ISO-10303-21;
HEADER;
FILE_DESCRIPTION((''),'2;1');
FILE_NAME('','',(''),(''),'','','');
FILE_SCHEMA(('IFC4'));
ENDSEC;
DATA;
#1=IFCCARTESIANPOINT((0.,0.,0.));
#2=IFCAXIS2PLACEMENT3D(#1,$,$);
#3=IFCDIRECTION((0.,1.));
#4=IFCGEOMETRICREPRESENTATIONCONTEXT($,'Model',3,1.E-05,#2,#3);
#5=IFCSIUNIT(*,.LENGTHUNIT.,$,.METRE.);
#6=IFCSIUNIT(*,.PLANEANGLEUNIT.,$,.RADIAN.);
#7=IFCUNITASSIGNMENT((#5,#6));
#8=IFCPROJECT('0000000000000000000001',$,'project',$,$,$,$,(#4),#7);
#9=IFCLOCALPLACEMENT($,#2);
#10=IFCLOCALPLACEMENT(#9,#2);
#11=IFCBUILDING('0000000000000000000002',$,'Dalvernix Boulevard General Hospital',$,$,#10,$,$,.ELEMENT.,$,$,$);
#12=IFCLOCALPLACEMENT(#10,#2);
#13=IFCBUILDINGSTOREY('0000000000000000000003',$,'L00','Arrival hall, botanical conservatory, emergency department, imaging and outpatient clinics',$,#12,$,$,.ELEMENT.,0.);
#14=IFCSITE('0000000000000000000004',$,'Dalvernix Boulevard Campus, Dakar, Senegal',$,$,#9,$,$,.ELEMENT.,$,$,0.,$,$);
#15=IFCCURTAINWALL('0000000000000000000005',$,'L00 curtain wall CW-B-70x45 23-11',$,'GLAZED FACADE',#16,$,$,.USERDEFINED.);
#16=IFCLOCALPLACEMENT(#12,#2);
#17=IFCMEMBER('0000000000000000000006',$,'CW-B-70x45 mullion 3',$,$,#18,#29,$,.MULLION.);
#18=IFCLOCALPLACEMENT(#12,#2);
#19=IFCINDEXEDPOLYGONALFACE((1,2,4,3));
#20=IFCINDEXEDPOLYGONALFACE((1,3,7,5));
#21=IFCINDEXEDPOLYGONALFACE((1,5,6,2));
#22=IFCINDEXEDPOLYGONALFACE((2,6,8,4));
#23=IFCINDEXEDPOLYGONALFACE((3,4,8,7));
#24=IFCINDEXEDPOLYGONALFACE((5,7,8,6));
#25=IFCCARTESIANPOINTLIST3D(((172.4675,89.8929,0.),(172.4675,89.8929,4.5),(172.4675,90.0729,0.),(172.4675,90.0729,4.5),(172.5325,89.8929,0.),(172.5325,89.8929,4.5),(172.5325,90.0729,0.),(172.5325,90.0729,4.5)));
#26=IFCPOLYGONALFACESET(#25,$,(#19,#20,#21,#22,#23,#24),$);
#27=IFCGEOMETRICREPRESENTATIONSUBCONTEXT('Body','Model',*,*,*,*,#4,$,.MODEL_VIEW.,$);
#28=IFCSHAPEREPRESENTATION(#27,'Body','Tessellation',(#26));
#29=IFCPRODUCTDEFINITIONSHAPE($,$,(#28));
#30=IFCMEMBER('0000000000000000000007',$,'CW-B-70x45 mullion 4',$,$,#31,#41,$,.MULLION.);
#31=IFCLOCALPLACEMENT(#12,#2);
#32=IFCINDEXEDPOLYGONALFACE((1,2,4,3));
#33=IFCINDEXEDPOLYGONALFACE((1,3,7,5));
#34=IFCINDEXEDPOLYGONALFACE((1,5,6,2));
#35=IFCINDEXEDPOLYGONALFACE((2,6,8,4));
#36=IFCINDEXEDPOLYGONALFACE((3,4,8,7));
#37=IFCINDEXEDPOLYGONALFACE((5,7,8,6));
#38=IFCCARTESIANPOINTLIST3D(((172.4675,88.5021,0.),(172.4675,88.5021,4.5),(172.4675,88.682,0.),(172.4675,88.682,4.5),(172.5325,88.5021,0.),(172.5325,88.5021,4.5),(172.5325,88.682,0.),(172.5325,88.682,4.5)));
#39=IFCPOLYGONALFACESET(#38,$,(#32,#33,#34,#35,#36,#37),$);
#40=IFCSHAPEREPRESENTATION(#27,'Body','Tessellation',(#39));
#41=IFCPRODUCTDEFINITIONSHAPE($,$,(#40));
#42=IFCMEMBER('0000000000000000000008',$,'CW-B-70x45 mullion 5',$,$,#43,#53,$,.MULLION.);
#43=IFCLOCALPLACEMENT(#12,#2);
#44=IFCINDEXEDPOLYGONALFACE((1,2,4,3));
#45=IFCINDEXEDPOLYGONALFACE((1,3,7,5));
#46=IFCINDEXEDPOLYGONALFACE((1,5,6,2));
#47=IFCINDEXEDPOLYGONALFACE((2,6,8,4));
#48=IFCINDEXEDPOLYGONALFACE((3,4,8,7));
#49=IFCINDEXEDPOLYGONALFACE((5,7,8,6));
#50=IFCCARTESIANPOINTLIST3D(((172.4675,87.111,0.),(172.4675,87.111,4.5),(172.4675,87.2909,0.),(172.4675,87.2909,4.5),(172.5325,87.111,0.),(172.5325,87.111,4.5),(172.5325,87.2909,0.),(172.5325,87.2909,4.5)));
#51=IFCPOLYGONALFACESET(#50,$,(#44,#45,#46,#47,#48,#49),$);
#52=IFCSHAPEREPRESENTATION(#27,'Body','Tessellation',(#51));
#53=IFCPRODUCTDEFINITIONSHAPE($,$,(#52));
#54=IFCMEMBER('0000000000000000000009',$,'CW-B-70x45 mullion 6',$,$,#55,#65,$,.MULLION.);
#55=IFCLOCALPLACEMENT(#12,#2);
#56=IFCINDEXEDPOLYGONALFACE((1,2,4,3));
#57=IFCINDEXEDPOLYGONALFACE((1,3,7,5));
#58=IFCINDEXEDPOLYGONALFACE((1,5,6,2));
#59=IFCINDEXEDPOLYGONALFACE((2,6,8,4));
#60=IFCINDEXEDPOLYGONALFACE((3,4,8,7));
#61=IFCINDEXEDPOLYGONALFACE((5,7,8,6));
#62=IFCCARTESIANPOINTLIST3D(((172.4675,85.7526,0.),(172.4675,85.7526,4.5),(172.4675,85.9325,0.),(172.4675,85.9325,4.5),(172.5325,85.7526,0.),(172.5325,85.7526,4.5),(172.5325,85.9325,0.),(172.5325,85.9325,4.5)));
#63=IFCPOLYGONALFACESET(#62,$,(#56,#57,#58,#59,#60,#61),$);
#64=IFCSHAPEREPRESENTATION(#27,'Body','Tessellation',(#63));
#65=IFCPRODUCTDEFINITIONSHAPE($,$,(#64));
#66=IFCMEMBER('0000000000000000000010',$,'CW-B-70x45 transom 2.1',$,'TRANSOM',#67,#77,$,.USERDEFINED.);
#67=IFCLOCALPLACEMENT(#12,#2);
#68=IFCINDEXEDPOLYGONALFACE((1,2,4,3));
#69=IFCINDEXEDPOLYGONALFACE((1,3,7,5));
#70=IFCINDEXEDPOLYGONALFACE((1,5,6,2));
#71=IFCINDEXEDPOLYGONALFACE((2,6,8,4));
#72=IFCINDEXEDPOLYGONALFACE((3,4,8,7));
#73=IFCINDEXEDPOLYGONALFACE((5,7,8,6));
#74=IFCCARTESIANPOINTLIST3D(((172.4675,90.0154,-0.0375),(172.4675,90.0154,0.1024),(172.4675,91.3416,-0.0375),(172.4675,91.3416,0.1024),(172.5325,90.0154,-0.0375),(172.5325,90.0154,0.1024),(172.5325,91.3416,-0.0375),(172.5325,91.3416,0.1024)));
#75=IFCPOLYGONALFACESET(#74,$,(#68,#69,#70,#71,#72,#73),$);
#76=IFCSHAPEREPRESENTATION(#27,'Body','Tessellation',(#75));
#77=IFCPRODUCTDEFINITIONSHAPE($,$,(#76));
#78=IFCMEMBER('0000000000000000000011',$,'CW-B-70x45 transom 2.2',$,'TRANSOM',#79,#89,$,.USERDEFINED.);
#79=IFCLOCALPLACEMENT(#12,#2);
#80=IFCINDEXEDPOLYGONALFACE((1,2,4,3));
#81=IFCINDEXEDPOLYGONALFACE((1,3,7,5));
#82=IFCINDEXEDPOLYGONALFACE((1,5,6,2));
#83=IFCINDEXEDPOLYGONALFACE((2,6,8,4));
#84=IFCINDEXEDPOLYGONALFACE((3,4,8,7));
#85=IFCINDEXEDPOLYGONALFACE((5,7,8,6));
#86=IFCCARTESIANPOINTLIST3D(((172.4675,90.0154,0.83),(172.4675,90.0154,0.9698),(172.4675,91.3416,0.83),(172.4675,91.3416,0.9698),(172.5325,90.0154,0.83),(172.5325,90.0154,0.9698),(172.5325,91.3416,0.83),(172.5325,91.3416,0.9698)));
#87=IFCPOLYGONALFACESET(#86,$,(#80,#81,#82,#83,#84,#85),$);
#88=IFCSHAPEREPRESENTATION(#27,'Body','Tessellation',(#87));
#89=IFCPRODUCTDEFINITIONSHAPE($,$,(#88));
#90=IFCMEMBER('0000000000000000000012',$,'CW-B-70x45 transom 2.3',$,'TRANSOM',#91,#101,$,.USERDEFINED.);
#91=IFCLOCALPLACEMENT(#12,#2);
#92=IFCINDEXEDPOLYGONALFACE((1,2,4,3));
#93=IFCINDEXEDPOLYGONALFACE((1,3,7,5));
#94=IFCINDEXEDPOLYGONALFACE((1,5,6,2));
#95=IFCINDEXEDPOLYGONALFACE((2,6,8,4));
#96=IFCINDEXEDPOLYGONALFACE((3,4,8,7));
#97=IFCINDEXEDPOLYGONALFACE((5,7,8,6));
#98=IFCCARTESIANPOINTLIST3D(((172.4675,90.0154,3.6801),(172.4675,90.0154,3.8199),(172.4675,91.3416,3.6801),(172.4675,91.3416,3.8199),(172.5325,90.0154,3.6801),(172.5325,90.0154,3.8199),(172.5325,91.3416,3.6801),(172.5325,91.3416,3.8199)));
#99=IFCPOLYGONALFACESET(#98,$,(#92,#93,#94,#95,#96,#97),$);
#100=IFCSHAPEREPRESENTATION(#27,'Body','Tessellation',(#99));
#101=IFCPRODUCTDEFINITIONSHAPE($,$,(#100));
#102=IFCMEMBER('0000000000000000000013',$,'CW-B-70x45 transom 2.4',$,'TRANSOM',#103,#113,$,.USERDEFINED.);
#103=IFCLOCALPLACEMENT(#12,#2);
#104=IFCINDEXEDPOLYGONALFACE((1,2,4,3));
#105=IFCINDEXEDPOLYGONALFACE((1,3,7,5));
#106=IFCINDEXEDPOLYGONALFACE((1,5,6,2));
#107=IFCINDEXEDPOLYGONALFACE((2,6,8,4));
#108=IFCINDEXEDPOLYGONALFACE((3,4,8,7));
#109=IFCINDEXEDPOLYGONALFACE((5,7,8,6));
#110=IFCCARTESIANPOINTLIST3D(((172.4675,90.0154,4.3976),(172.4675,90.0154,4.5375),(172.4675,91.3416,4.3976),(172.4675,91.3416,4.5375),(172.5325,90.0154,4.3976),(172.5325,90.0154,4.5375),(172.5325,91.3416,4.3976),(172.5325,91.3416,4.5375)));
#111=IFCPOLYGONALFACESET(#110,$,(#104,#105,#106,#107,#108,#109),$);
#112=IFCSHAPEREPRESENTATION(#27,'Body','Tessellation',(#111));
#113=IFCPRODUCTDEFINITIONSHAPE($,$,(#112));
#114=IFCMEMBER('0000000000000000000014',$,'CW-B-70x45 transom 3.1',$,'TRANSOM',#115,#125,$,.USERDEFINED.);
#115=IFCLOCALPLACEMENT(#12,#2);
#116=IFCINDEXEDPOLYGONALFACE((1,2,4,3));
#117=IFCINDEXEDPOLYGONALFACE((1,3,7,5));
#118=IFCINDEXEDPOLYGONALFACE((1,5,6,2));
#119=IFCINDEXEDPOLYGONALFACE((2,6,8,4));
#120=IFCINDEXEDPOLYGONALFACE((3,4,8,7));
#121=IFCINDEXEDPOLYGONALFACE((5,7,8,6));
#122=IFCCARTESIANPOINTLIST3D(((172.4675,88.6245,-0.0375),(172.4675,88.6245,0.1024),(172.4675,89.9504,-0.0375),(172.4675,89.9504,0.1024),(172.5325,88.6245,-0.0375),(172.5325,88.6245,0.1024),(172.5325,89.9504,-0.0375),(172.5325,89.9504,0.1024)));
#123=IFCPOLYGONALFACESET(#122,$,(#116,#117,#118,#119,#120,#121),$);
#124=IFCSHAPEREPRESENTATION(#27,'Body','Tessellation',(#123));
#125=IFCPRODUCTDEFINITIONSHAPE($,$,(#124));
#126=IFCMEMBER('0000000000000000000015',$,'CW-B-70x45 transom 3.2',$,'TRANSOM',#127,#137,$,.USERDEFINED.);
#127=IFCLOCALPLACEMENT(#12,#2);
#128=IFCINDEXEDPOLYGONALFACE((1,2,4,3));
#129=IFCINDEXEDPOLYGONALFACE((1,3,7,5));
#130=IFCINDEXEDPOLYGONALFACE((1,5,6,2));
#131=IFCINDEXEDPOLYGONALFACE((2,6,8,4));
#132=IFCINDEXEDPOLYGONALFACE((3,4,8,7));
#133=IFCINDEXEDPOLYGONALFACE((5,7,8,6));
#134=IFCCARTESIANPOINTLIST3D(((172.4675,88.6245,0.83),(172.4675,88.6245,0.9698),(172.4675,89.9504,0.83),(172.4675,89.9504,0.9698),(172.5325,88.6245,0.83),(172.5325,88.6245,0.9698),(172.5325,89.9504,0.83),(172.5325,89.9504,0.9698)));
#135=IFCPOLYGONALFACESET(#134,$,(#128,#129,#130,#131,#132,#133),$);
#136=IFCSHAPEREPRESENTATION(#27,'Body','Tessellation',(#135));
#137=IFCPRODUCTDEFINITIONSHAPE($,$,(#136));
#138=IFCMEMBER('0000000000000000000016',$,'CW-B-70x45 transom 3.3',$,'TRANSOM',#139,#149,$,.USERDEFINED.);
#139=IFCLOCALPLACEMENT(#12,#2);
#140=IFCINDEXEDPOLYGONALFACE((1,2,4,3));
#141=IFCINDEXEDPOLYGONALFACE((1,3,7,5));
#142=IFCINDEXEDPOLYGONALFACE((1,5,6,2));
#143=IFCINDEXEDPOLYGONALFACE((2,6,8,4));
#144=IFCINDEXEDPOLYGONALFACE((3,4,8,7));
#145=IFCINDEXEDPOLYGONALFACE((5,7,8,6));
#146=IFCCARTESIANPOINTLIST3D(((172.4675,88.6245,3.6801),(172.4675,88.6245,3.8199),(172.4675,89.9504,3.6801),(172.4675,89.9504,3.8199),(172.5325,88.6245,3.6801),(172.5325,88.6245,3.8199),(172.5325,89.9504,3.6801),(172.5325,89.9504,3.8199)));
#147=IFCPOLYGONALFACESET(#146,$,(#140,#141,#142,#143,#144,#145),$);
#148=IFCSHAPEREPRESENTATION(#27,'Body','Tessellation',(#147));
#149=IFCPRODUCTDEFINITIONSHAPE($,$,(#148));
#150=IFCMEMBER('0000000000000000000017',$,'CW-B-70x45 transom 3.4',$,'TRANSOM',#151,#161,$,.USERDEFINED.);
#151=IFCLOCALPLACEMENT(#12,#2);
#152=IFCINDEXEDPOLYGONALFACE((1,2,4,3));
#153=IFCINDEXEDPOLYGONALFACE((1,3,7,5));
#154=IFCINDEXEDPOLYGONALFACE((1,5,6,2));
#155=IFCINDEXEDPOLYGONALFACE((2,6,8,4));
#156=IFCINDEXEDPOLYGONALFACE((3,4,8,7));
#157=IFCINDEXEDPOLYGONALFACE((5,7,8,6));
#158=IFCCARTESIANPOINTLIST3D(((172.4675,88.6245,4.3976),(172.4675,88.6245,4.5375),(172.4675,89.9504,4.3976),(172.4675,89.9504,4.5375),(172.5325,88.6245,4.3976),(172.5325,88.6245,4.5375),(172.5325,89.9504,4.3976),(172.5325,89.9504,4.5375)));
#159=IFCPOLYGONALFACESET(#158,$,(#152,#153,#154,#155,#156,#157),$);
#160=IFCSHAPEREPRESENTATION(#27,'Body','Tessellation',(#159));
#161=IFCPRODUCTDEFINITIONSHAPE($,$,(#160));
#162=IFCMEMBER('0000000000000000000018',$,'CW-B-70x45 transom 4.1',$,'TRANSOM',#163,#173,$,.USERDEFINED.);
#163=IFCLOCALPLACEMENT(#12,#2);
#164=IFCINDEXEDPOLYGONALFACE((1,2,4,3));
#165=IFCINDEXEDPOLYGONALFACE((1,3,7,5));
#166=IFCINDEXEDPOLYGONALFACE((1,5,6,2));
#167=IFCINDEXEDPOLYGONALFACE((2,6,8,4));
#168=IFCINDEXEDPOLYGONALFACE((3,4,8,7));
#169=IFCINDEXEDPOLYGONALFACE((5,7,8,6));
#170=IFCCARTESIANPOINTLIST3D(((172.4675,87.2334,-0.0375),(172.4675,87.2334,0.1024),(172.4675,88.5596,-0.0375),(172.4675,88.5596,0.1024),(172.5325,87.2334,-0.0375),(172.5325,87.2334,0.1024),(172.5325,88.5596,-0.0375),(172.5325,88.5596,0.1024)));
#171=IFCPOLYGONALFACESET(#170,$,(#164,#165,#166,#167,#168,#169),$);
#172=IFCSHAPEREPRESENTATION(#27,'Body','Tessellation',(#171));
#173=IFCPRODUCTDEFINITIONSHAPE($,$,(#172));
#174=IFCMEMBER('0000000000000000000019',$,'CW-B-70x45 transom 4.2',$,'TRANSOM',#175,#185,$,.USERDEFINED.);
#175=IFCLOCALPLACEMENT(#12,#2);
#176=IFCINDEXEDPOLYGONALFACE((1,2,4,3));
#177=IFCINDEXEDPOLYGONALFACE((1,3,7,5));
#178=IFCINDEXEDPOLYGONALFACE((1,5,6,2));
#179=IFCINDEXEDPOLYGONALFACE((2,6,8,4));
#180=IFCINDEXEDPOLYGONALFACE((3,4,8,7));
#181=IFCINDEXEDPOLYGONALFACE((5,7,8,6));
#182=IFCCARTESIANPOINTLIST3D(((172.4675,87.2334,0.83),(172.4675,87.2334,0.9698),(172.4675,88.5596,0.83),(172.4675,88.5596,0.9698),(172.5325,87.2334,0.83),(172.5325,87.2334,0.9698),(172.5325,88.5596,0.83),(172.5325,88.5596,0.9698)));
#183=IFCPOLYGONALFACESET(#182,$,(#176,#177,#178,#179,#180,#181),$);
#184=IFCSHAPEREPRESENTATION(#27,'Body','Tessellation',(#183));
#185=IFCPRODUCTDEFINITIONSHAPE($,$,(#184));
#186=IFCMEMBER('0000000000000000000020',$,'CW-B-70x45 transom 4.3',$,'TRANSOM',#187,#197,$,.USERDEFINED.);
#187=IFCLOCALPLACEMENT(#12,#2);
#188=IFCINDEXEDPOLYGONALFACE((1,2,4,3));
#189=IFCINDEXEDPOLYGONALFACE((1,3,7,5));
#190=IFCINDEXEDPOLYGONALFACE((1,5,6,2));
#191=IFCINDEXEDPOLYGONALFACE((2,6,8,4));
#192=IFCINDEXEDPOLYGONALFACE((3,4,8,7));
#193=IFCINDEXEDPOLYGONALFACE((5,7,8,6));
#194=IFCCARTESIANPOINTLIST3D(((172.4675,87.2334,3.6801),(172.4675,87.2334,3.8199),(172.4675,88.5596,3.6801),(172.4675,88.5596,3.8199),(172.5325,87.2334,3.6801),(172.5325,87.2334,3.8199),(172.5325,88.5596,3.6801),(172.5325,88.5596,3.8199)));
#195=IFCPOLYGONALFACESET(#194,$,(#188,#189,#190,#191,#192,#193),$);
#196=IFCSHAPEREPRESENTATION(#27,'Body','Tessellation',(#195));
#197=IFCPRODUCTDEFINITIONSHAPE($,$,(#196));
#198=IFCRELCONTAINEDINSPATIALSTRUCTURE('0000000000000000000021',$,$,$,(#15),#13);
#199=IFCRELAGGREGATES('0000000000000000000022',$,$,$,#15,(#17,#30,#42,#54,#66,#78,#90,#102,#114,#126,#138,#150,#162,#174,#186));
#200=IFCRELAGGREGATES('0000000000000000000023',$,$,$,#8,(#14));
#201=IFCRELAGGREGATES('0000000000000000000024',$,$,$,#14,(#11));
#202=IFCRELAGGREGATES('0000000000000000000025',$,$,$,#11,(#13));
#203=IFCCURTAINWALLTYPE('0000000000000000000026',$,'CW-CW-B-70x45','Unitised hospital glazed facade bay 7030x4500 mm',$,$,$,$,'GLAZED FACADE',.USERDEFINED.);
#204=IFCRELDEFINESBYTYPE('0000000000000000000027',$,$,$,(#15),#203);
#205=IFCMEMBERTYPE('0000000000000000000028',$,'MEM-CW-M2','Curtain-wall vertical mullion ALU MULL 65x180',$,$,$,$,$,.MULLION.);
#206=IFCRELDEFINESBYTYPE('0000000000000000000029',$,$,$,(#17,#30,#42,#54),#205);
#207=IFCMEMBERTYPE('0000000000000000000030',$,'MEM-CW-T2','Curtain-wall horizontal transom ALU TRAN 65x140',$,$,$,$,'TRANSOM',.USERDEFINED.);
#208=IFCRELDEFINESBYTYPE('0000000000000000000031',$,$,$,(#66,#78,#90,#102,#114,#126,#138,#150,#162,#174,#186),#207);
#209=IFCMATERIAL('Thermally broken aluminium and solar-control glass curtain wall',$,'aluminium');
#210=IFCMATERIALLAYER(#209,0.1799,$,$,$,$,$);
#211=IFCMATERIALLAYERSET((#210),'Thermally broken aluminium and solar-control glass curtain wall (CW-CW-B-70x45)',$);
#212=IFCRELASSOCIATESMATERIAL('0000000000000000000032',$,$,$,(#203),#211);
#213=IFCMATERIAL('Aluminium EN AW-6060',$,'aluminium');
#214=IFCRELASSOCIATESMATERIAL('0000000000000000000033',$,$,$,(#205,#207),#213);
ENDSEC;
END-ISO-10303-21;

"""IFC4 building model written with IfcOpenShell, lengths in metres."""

from ifc_helpers import new_model, si_unit, direction, frame, origin, origin_2d, place, context, subcontext, project, spatial, rectangle, extrude, material, layer, layer_set, material_profile, profile_set, type_object, element, aggregate, save


model = new_model("IFC4")

# Units and contexts
model_context = context("Model", 3, precision=1e-05, world=origin(), true_north=direction((0.0, 1.0)))
body_context = subcontext(model_context, "Body", "Model", "MODEL_VIEW")
ifc_project = project(units=[si_unit("LENGTHUNIT", "METRE"), si_unit("PLANEANGLEUNIT", "RADIAN")], contexts=[model_context])

# Site, building, storey
site_placement = place(None, origin())
site = spatial("IfcSite", under=ifc_project, at=site_placement, Name="Dalvernix Boulevard Campus, Dakar, Senegal", CompositionType="ELEMENT", RefElevation=0.0)
building_placement = place(site_placement, origin())
building = spatial("IfcBuilding", under=site, at=building_placement, Name="Dalvernix Boulevard General Hospital", CompositionType="ELEMENT")
storey_placement = place(building_placement, origin())
storey = spatial("IfcBuildingStorey", under=building, at=storey_placement, Name="L00", Description="Arrival hall, botanical conservatory, emergency department, imaging and outpatient clinics", CompositionType="ELEMENT", Elevation=0.0)

# Curtain wall, members
ifc_material_1 = material(Name="Thermally broken aluminium and solar-control glass curtain wall", Category="aluminium")
ifc_layer_1 = layer(ifc_material_1, 0.1799)
ifc_layer_set_1 = layer_set([ifc_layer_1], Name="Thermally broken aluminium and solar-control glass curtain wall (CW-CW-B-70x45)")
curtain_wall_type = type_object("IfcCurtainWallType", Name="CW-CW-B-70x45", Description="Unitised hospital glazed facade bay 7030x4500 mm", ElementType="GLAZED FACADE", PredefinedType="USERDEFINED", material=ifc_layer_set_1)
curtain_wall_placement = place(storey_placement, origin())
curtain_wall = element("IfcCurtainWall", 1, at=curtain_wall_placement, inside=storey, type_object=curtain_wall_type, Name="L00 curtain wall CW-B-70x45 23-11", ObjectType="GLAZED FACADE", PredefinedType="USERDEFINED")
ifc_material_2 = material(Name="Aluminium EN AW-6060", Category="aluminium")
ifc_material_profile_1 = material_profile(ifc_material_2, rectangle(XDim=0.0649, YDim=0.1799, at=origin_2d()), Name="ALU MULL 65x180")
ifc_profile_set_1 = profile_set([ifc_material_profile_1], Name="Aluminium EN AW-6060")
member_type_1 = type_object("IfcMemberType", Name="MEM-CW-M2", Description="Curtain-wall vertical mullion ALU MULL 65x180", PredefinedType="MULLION", material=ifc_profile_set_1)
member_1_placement = place(storey_placement, frame((172.5, 89.9829, 0.0), z_axis=(0.0, 0.0, 1.0), x_axis=(1.0, 0.0, 0.0)))
member_1 = element("IfcMember", 2, at=member_1_placement, type_object=member_type_1, Name="CW-B-70x45 mullion 3", PredefinedType="MULLION", context=body_context, shape_type="SweptSolid", body=[
    extrude(rectangle(XDim=0.0649, YDim=0.1799, at=origin_2d()), origin(), (0.0, 0.0, 1.0), 4.5),
])
member_2_placement = place(storey_placement, frame((172.5, 88.592, 0.0), z_axis=(0.0, 0.0, 1.0), x_axis=(1.0, 0.0, 0.0)))
member_2 = element("IfcMember", 3, at=member_2_placement, type_object=member_type_1, Name="CW-B-70x45 mullion 4", PredefinedType="MULLION", context=body_context, shape_type="SweptSolid", body=[
    extrude(rectangle(XDim=0.0649, YDim=0.1799, at=origin_2d()), origin(), (0.0, 0.0, 1.0), 4.5),
])
member_3_placement = place(storey_placement, frame((172.5, 87.2009, 0.0), z_axis=(0.0, 0.0, 1.0), x_axis=(1.0, 0.0, 0.0)))
member_3 = element("IfcMember", 4, at=member_3_placement, type_object=member_type_1, Name="CW-B-70x45 mullion 5", PredefinedType="MULLION", context=body_context, shape_type="SweptSolid", body=[
    extrude(rectangle(XDim=0.0649, YDim=0.1799, at=origin_2d()), origin(), (0.0, 0.0, 1.0), 4.5),
])
member_4_placement = place(storey_placement, frame((172.5, 85.8425, 0.0), z_axis=(0.0, 0.0, 1.0), x_axis=(1.0, 0.0, 0.0)))
member_4 = element("IfcMember", 5, at=member_4_placement, type_object=member_type_1, Name="CW-B-70x45 mullion 6", PredefinedType="MULLION", context=body_context, shape_type="SweptSolid", body=[
    extrude(rectangle(XDim=0.0649, YDim=0.1799, at=origin_2d()), origin(), (0.0, 0.0, 1.0), 4.5),
])
ifc_material_profile_2 = material_profile(ifc_material_2, rectangle(XDim=0.0649, YDim=0.1399, at=origin_2d()), Name="ALU TRAN 65x140")
ifc_profile_set_2 = profile_set([ifc_material_profile_2], Name="Aluminium EN AW-6060")
member_type_2 = type_object("IfcMemberType", Name="MEM-CW-T2", Description="Curtain-wall horizontal transom ALU TRAN 65x140", ElementType="TRANSOM", PredefinedType="USERDEFINED", material=ifc_profile_set_2)
member_5_placement = place(storey_placement, frame((172.5, 91.3416, 0.0325), z_axis=(0.0, -1.0, 0.0), x_axis=(1.0, 0.0, 0.0)))
member_5 = element("IfcMember", 6, at=member_5_placement, type_object=member_type_2, Name="CW-B-70x45 transom 2.1", ObjectType="TRANSOM", PredefinedType="USERDEFINED", context=body_context, shape_type="SweptSolid", body=[
    extrude(rectangle(XDim=0.0649, YDim=0.1399, at=origin_2d()), origin(), (0.0, 0.0, 1.0), 1.3262),
])
member_6_placement = place(storey_placement, frame((172.5, 91.3416, 0.8999), z_axis=(0.0, -1.0, 0.0), x_axis=(1.0, 0.0, 0.0)))
member_6 = element("IfcMember", 7, at=member_6_placement, type_object=member_type_2, Name="CW-B-70x45 transom 2.2", ObjectType="TRANSOM", PredefinedType="USERDEFINED", context=body_context, shape_type="SweptSolid", body=[
    extrude(rectangle(XDim=0.0649, YDim=0.1399, at=origin_2d()), origin(), (0.0, 0.0, 1.0), 1.3262),
])
member_7_placement = place(storey_placement, frame((172.5, 91.3416, 3.75), z_axis=(0.0, -1.0, 0.0), x_axis=(1.0, 0.0, 0.0)))
member_7 = element("IfcMember", 8, at=member_7_placement, type_object=member_type_2, Name="CW-B-70x45 transom 2.3", ObjectType="TRANSOM", PredefinedType="USERDEFINED", context=body_context, shape_type="SweptSolid", body=[
    extrude(rectangle(XDim=0.0649, YDim=0.1399, at=origin_2d()), origin(), (0.0, 0.0, 1.0), 1.3262),
])
member_8_placement = place(storey_placement, frame((172.5, 91.3416, 4.4675), z_axis=(0.0, -1.0, 0.0), x_axis=(1.0, 0.0, 0.0)))
member_8 = element("IfcMember", 9, at=member_8_placement, type_object=member_type_2, Name="CW-B-70x45 transom 2.4", ObjectType="TRANSOM", PredefinedType="USERDEFINED", context=body_context, shape_type="SweptSolid", body=[
    extrude(rectangle(XDim=0.0649, YDim=0.1399, at=origin_2d()), origin(), (0.0, 0.0, 1.0), 1.3262),
])
member_9_placement = place(storey_placement, frame((172.5, 89.9504, 0.0325), z_axis=(0.0, -1.0, 0.0), x_axis=(1.0, 0.0, 0.0)))
member_9 = element("IfcMember", 10, at=member_9_placement, type_object=member_type_2, Name="CW-B-70x45 transom 3.1", ObjectType="TRANSOM", PredefinedType="USERDEFINED", context=body_context, shape_type="SweptSolid", body=[
    extrude(rectangle(XDim=0.0649, YDim=0.1399, at=origin_2d()), origin(), (0.0, 0.0, 1.0), 1.3259),
])
member_10_placement = place(storey_placement, frame((172.5, 89.9504, 0.8999), z_axis=(0.0, -1.0, 0.0), x_axis=(1.0, 0.0, 0.0)))
member_10 = element("IfcMember", 11, at=member_10_placement, type_object=member_type_2, Name="CW-B-70x45 transom 3.2", ObjectType="TRANSOM", PredefinedType="USERDEFINED", context=body_context, shape_type="SweptSolid", body=[
    extrude(rectangle(XDim=0.0649, YDim=0.1399, at=origin_2d()), origin(), (0.0, 0.0, 1.0), 1.3259),
])
member_11_placement = place(storey_placement, frame((172.5, 89.9504, 3.75), z_axis=(0.0, -1.0, 0.0), x_axis=(1.0, 0.0, 0.0)))
member_11 = element("IfcMember", 12, at=member_11_placement, type_object=member_type_2, Name="CW-B-70x45 transom 3.3", ObjectType="TRANSOM", PredefinedType="USERDEFINED", context=body_context, shape_type="SweptSolid", body=[
    extrude(rectangle(XDim=0.0649, YDim=0.1399, at=origin_2d()), origin(), (0.0, 0.0, 1.0), 1.3259),
])
member_12_placement = place(storey_placement, frame((172.5, 89.9504, 4.4675), z_axis=(0.0, -1.0, 0.0), x_axis=(1.0, 0.0, 0.0)))
member_12 = element("IfcMember", 13, at=member_12_placement, type_object=member_type_2, Name="CW-B-70x45 transom 3.4", ObjectType="TRANSOM", PredefinedType="USERDEFINED", context=body_context, shape_type="SweptSolid", body=[
    extrude(rectangle(XDim=0.0649, YDim=0.1399, at=origin_2d()), origin(), (0.0, 0.0, 1.0), 1.3259),
])
member_13_placement = place(storey_placement, frame((172.5, 88.5596, 0.0325), z_axis=(0.0, -1.0, 0.0), x_axis=(1.0, 0.0, 0.0)))
member_13 = element("IfcMember", 14, at=member_13_placement, type_object=member_type_2, Name="CW-B-70x45 transom 4.1", ObjectType="TRANSOM", PredefinedType="USERDEFINED", context=body_context, shape_type="SweptSolid", body=[
    extrude(rectangle(XDim=0.0649, YDim=0.1399, at=origin_2d()), origin(), (0.0, 0.0, 1.0), 1.3262),
])
member_14_placement = place(storey_placement, frame((172.5, 88.5596, 0.8999), z_axis=(0.0, -1.0, 0.0), x_axis=(1.0, 0.0, 0.0)))
member_14 = element("IfcMember", 15, at=member_14_placement, type_object=member_type_2, Name="CW-B-70x45 transom 4.2", ObjectType="TRANSOM", PredefinedType="USERDEFINED", context=body_context, shape_type="SweptSolid", body=[
    extrude(rectangle(XDim=0.0649, YDim=0.1399, at=origin_2d()), origin(), (0.0, 0.0, 1.0), 1.3262),
])
member_15_placement = place(storey_placement, frame((172.5, 88.5596, 3.75), z_axis=(0.0, -1.0, 0.0), x_axis=(1.0, 0.0, 0.0)))
member_15 = element("IfcMember", 16, at=member_15_placement, type_object=member_type_2, Name="CW-B-70x45 transom 4.3", ObjectType="TRANSOM", PredefinedType="USERDEFINED", context=body_context, shape_type="SweptSolid", body=[
    extrude(rectangle(XDim=0.0649, YDim=0.1399, at=origin_2d()), origin(), (0.0, 0.0, 1.0), 1.3262),
])
aggregate(curtain_wall, [member_1, member_2, member_3, member_4, member_5, member_6, member_7, member_8, member_9, member_10, member_11, member_12, member_13, member_14, member_15])

save(model, "model.ifc")
